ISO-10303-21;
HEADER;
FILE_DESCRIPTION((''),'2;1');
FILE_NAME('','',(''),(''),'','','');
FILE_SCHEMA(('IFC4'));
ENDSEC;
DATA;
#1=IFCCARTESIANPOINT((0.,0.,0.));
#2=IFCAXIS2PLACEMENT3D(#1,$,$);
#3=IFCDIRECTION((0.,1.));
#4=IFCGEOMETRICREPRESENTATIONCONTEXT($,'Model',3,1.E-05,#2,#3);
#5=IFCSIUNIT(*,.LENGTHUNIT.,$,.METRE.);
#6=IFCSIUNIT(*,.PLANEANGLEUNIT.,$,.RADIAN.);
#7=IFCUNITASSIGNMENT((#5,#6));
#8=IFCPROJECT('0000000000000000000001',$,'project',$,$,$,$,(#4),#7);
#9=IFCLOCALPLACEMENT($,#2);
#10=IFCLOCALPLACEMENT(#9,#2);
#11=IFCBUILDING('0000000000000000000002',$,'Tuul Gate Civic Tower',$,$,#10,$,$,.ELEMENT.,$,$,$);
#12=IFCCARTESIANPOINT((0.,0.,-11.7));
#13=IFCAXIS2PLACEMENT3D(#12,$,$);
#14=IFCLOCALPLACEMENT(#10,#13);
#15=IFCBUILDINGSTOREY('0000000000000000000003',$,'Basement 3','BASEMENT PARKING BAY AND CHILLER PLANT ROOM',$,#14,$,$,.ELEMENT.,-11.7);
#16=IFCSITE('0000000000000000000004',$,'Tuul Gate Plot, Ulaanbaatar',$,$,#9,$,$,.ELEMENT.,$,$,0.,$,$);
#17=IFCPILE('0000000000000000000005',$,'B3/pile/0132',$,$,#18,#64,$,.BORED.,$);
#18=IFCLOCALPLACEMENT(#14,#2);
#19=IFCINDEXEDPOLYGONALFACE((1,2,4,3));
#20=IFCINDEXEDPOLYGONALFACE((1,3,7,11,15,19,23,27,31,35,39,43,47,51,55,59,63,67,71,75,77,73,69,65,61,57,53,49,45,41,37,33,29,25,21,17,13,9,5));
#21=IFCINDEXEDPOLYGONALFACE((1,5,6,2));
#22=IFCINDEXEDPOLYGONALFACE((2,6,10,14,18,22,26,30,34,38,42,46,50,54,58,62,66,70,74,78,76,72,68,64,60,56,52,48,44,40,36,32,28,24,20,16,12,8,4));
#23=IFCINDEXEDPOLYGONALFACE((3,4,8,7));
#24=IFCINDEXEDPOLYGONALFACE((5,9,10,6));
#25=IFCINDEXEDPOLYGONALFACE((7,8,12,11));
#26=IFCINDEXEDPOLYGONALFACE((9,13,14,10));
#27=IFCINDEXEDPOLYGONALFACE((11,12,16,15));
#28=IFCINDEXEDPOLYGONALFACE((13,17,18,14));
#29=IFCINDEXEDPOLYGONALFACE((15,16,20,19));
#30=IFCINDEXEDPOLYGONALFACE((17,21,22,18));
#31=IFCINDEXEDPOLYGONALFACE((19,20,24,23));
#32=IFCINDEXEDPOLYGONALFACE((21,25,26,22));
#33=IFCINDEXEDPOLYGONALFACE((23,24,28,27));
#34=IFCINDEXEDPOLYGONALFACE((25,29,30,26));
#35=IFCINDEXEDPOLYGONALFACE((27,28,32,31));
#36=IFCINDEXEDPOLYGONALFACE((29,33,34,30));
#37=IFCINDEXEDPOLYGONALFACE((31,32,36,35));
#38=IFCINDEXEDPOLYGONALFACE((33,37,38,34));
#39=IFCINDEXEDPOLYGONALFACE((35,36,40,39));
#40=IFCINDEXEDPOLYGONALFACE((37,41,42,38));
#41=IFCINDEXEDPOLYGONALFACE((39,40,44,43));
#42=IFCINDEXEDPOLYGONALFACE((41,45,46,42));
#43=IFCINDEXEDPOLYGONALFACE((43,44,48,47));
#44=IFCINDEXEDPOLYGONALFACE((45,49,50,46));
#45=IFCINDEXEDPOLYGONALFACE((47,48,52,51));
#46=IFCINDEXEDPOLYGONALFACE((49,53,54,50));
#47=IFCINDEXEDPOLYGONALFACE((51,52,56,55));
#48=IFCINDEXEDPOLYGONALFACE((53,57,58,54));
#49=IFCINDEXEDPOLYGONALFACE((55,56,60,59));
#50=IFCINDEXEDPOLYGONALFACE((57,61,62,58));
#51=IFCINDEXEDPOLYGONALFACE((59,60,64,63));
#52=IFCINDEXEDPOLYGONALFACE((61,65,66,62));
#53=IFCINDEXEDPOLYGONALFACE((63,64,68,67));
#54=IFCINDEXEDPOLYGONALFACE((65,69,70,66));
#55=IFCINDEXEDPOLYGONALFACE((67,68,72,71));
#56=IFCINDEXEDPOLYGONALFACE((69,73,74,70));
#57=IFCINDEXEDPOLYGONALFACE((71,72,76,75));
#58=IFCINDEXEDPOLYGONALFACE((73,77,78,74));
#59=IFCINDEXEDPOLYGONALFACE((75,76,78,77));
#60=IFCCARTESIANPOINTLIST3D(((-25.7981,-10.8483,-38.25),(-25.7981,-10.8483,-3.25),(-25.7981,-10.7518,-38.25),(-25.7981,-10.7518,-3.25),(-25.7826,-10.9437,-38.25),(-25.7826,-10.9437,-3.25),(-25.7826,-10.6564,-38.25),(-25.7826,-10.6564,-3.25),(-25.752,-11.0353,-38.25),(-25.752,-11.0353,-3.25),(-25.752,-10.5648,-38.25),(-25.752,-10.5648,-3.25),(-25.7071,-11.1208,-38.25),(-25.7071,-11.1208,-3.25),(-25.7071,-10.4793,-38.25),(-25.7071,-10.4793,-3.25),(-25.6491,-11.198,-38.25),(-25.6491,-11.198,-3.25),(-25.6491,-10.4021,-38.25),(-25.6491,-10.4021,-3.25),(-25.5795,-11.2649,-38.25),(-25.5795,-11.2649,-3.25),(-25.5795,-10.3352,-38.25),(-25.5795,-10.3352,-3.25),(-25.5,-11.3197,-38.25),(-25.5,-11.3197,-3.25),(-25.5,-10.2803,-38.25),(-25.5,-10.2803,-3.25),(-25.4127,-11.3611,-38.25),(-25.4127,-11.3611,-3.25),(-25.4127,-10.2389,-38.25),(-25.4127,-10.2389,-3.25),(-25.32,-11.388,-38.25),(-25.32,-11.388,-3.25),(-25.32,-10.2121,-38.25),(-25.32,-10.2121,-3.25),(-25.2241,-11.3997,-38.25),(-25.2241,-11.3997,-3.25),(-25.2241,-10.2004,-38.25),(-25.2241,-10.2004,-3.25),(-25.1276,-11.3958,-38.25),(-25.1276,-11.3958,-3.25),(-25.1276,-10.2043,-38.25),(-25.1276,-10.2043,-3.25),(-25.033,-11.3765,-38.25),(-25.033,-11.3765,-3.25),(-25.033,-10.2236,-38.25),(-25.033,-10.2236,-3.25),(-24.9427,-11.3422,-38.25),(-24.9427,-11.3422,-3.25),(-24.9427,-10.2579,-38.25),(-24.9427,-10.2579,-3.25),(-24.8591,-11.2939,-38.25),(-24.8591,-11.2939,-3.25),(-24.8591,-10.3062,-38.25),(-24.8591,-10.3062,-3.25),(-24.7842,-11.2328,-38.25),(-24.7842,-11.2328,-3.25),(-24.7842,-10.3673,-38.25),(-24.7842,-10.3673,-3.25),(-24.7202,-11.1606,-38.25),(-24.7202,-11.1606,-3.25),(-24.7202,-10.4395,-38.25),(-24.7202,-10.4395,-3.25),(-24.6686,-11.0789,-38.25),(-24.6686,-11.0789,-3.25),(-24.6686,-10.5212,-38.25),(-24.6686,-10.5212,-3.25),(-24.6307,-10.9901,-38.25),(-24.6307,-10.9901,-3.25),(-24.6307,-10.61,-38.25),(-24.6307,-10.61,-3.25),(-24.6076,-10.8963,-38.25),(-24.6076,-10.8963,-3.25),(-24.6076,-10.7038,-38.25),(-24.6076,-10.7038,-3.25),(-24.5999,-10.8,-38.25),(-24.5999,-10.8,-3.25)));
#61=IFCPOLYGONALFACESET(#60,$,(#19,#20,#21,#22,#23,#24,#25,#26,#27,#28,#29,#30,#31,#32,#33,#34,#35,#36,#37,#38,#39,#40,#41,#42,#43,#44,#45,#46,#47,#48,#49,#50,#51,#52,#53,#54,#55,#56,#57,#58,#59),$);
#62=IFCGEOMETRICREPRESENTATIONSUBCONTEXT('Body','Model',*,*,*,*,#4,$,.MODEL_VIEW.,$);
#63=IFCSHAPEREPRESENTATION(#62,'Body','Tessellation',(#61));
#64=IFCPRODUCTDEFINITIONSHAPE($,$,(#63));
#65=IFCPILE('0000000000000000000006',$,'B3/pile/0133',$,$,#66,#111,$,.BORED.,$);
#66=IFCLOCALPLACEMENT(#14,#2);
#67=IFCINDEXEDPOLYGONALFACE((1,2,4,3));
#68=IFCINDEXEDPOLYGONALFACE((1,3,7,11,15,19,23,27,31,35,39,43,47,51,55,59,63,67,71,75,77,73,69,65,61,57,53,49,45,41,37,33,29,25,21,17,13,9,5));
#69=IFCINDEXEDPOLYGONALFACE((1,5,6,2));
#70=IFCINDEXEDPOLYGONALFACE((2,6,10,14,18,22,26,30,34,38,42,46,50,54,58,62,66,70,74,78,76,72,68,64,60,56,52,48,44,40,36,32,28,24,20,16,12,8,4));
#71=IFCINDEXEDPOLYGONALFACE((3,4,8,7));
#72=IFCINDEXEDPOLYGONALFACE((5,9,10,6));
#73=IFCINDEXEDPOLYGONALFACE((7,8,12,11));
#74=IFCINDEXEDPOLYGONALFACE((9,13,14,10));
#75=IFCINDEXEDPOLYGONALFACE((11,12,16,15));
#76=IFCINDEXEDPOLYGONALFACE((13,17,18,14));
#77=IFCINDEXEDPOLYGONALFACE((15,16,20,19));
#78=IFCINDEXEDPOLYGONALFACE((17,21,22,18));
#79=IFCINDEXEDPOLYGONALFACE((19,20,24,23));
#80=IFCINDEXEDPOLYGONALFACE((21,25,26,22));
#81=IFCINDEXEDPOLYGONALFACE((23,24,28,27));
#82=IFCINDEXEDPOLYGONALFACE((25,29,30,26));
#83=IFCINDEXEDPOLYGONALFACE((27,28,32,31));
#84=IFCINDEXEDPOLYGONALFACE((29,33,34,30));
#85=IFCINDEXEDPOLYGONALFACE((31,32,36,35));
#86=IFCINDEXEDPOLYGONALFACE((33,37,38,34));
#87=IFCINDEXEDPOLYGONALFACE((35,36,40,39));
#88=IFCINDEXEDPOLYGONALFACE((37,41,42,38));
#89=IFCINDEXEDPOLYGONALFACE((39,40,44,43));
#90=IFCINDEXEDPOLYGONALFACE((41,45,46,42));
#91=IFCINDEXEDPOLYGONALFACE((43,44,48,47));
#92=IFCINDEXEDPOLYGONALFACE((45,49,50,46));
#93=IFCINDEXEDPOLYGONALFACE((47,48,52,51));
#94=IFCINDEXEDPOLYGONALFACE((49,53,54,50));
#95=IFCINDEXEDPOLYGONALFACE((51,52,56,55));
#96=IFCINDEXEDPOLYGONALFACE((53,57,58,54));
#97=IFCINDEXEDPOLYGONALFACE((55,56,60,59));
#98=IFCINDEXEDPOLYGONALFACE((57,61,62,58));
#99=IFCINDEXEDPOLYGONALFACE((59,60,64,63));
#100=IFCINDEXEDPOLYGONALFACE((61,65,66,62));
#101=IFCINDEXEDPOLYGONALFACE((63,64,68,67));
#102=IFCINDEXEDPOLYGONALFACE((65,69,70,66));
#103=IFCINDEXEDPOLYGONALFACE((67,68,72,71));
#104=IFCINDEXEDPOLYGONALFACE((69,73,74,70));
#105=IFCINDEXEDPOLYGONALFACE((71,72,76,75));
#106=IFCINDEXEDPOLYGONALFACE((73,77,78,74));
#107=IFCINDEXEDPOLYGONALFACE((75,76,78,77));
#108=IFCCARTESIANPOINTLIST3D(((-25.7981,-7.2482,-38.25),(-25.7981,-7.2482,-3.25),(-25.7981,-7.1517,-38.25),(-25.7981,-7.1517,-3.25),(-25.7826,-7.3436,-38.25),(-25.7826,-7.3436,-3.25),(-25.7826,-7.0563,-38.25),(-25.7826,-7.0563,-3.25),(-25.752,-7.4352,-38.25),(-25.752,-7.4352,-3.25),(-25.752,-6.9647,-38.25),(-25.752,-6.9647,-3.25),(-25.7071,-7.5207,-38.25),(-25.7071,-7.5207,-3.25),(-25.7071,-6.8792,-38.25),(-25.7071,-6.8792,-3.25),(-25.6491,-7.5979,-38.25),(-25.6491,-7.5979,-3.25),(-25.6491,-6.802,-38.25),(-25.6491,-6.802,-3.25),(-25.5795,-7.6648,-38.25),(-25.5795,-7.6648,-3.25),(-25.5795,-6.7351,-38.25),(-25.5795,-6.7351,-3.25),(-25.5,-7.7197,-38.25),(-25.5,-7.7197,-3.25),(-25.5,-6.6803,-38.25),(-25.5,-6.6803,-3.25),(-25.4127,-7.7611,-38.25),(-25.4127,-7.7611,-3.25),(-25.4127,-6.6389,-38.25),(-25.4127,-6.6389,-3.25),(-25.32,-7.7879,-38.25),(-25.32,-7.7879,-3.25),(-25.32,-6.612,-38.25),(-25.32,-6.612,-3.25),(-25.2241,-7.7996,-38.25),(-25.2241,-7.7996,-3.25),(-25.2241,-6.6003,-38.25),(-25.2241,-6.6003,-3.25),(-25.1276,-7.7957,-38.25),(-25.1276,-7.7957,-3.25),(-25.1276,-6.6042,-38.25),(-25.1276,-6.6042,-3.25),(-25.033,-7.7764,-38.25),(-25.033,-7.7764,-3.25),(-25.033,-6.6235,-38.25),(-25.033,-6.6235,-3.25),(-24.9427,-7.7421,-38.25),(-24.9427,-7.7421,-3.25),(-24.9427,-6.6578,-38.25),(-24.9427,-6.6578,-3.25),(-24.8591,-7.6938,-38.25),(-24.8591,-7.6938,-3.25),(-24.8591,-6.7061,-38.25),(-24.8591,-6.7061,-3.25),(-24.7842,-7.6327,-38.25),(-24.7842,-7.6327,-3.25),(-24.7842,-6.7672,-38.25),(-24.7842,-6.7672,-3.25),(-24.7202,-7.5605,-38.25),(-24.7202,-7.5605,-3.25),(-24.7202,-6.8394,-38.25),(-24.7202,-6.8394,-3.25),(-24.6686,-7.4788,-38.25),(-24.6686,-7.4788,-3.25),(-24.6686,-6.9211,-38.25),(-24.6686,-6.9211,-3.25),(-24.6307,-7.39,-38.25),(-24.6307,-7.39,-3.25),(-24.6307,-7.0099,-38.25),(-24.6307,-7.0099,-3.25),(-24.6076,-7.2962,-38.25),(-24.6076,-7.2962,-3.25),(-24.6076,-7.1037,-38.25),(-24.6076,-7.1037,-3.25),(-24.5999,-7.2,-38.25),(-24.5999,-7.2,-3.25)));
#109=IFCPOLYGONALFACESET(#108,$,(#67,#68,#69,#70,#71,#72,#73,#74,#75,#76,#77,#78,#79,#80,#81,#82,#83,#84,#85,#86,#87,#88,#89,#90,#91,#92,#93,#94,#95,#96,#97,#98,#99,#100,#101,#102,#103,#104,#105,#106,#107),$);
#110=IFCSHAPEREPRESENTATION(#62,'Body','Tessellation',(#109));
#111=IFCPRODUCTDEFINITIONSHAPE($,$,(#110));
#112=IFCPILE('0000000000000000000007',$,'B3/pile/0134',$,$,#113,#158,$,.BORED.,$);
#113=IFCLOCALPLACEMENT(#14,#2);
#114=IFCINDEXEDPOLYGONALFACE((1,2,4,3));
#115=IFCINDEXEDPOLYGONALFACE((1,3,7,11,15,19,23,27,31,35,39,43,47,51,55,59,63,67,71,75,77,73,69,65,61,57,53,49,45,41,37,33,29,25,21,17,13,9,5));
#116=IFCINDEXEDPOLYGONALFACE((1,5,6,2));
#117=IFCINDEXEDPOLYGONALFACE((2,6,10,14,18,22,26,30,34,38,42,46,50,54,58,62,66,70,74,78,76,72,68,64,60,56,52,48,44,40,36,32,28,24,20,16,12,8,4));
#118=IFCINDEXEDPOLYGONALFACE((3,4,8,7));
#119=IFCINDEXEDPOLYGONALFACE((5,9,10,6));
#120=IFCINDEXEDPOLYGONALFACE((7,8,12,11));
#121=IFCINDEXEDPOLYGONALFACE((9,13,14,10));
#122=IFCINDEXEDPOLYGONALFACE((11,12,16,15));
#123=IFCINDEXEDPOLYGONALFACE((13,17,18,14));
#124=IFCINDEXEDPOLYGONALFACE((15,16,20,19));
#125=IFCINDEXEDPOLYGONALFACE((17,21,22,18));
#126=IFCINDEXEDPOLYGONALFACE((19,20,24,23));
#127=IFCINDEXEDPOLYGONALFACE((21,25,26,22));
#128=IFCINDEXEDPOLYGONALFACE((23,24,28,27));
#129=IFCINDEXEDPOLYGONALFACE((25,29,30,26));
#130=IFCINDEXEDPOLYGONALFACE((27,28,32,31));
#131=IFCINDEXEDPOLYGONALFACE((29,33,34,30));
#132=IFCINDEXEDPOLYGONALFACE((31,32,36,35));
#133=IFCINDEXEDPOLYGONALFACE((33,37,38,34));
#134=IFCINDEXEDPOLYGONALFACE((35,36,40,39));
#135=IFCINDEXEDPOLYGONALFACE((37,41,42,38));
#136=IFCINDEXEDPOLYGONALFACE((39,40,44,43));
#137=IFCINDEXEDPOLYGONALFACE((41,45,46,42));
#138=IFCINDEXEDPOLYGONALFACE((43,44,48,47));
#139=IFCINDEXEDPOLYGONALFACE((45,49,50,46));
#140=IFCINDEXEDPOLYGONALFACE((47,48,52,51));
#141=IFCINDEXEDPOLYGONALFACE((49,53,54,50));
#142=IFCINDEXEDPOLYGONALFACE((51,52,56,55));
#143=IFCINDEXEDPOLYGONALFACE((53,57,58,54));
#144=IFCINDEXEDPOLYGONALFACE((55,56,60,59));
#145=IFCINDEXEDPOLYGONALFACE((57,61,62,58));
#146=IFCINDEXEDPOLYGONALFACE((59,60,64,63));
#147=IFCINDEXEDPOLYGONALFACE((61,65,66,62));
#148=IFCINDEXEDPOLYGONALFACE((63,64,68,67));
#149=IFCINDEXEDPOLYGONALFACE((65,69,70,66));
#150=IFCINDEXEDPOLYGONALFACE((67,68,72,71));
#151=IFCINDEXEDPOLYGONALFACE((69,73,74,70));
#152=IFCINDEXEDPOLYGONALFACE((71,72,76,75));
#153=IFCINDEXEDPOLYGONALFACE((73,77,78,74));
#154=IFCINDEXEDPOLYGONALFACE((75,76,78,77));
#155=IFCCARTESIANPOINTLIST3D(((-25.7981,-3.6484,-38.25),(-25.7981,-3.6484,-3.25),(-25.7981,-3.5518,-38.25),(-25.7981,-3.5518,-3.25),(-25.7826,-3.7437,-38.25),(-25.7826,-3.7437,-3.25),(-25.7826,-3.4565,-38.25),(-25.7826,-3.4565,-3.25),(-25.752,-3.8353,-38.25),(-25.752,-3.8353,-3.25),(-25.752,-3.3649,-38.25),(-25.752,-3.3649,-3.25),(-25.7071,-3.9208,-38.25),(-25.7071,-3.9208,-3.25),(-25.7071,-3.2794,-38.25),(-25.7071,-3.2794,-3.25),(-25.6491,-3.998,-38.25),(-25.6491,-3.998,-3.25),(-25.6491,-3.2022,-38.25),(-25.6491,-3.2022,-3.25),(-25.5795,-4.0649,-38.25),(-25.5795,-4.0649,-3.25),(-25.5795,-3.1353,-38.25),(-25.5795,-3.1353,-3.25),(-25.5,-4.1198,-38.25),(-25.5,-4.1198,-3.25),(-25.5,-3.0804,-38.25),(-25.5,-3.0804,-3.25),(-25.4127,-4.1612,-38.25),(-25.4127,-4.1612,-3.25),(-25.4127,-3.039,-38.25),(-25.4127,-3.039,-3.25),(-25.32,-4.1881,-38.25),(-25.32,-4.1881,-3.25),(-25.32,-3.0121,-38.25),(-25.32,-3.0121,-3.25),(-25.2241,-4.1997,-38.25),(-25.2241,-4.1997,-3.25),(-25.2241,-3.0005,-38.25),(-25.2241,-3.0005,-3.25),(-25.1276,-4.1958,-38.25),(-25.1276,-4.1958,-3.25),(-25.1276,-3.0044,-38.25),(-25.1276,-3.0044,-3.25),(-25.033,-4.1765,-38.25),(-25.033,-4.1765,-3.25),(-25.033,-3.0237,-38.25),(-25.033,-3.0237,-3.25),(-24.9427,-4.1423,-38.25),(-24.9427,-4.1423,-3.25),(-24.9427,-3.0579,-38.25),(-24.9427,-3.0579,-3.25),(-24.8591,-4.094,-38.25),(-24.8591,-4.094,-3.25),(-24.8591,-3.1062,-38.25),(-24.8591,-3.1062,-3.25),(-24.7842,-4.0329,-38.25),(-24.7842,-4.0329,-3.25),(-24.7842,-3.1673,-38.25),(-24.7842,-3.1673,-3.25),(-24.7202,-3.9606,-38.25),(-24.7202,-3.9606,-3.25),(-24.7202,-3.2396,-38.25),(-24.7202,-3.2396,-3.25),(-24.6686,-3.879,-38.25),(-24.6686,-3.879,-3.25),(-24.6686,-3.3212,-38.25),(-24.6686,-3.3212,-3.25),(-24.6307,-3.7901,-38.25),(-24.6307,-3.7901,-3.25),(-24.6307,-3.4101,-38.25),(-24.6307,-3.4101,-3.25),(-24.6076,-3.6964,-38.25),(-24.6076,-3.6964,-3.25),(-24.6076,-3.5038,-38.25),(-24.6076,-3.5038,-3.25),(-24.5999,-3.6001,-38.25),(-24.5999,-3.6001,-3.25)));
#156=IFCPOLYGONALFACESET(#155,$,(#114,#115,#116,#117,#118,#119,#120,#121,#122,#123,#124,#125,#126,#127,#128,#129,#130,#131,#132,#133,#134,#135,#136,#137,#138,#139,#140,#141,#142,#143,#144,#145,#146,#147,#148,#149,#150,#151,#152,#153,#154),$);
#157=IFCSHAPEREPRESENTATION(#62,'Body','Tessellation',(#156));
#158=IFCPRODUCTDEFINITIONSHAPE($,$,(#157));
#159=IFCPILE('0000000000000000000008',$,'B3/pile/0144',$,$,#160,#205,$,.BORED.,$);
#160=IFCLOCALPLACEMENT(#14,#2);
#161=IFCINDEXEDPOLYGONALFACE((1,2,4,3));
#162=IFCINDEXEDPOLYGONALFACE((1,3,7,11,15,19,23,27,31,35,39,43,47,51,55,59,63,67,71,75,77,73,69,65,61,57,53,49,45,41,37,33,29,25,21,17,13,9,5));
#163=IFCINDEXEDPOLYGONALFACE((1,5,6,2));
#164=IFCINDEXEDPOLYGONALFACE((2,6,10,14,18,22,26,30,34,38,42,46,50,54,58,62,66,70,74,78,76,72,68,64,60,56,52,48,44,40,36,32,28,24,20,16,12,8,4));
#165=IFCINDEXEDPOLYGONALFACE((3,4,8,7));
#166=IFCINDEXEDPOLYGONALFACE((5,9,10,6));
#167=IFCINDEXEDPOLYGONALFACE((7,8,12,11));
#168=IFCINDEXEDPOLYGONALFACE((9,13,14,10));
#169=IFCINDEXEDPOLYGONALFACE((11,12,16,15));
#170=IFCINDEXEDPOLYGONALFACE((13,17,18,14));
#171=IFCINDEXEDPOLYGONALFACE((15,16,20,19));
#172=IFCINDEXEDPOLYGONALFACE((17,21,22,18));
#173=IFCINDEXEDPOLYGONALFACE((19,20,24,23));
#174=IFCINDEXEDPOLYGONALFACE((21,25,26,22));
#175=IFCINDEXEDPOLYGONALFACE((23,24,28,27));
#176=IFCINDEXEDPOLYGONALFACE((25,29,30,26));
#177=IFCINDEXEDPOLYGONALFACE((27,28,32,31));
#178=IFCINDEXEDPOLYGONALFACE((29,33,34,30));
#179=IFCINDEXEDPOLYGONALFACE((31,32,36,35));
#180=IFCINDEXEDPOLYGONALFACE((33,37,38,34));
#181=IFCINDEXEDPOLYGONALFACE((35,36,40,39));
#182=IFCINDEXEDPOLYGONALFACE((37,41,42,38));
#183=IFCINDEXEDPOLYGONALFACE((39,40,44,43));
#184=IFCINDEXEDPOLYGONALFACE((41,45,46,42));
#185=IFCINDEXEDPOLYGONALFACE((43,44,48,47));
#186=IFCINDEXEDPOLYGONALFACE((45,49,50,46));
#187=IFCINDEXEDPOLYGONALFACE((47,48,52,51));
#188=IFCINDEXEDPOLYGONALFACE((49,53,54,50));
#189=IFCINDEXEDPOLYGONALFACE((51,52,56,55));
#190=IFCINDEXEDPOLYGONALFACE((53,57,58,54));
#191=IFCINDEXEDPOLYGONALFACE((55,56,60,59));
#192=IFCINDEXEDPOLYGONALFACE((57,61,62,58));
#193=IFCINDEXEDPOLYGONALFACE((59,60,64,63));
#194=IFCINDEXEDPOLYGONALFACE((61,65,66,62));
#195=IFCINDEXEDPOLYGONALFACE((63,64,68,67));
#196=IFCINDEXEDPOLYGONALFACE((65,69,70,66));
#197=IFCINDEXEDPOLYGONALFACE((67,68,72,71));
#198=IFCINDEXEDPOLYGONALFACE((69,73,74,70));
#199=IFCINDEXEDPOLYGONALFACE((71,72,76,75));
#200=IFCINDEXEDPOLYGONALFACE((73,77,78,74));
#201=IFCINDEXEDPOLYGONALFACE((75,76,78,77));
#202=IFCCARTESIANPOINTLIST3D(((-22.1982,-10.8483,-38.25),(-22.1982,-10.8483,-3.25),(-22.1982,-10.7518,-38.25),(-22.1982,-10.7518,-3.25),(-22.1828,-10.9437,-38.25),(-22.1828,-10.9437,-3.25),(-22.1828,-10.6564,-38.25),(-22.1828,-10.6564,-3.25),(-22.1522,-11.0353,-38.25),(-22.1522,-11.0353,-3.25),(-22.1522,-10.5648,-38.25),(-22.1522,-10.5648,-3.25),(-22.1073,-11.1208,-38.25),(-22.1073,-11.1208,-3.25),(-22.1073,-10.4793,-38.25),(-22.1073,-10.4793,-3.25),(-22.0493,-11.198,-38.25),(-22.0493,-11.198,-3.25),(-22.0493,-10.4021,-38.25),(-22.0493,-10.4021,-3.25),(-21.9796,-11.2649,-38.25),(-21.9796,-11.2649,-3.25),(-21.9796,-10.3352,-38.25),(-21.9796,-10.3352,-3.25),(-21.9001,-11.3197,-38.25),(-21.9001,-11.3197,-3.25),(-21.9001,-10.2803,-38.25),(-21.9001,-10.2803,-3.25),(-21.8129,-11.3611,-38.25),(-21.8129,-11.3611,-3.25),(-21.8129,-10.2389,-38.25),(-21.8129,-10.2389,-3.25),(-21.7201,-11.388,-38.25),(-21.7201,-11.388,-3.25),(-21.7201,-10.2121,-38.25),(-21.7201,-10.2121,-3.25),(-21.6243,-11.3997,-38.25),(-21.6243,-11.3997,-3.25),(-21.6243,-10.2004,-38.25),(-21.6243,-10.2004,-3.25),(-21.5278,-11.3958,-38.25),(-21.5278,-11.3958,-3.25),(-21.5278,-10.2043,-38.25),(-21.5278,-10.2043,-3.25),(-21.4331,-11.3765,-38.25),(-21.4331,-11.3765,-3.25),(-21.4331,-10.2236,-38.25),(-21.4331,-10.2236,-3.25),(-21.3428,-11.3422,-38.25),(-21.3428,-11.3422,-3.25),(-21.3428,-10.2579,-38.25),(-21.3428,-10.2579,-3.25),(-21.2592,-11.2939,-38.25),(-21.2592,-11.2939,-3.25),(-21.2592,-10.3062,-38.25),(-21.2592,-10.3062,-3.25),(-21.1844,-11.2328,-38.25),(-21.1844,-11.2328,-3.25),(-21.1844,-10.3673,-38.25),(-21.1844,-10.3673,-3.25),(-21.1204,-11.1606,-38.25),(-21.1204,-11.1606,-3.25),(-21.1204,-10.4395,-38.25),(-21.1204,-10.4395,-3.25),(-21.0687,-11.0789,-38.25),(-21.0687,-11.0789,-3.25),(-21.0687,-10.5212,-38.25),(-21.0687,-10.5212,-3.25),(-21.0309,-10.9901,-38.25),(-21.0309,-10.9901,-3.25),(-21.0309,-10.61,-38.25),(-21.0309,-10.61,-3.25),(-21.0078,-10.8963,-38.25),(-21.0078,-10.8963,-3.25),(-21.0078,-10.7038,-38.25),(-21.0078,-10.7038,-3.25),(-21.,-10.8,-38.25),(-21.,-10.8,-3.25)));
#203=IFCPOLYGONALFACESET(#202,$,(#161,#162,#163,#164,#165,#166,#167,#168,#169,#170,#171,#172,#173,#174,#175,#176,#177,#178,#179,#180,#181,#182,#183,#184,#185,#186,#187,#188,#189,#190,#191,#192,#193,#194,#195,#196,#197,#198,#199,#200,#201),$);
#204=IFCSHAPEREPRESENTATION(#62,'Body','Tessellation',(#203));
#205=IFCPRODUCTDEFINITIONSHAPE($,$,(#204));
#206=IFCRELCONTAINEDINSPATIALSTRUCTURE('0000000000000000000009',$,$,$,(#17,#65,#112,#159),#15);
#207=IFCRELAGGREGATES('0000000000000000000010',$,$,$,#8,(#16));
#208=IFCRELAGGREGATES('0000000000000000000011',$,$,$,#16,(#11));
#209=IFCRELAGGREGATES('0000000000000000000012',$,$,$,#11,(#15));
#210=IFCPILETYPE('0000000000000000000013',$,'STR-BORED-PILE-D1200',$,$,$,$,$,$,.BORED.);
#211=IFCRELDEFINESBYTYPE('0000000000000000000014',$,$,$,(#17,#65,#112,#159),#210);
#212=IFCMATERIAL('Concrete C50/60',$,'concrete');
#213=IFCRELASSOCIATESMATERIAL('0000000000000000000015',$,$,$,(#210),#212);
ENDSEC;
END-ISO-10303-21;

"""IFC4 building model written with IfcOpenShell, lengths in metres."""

from ifc_helpers import new_model, si_unit, direction, frame, origin, origin_2d, place, context, subcontext, project, spatial, circle, extrude, material, material_profile, profile_set, type_object, element, save


model = new_model("IFC4")

# Units and contexts
model_context = context("Model", 3, precision=1e-05, world=origin(), true_north=direction((0.0, 1.0)))
body_context = subcontext(model_context, "Body", "Model", "MODEL_VIEW")
ifc_project = project(units=[si_unit("LENGTHUNIT", "METRE"), si_unit("PLANEANGLEUNIT", "RADIAN")], contexts=[model_context])

# Site, building, storey
site_placement = place(None, origin())
site = spatial("IfcSite", under=ifc_project, at=site_placement, Name="Tuul Gate Plot, Ulaanbaatar", CompositionType="ELEMENT", RefElevation=0.0)
building_placement = place(site_placement, origin())
building = spatial("IfcBuilding", under=site, at=building_placement, Name="Tuul Gate Civic Tower", CompositionType="ELEMENT")
storey_placement = place(building_placement, frame((0.0, 0.0, -11.7)))
storey = spatial("IfcBuildingStorey", under=building, at=storey_placement, Name="Basement 3", Description="BASEMENT PARKING BAY AND CHILLER PLANT ROOM", CompositionType="ELEMENT", Elevation=-11.7)

# Piles
ifc_material_1 = material(Name="Concrete C50/60", Category="concrete")
ifc_material_profile = material_profile(ifc_material_1, circle(Radius=0.6001, at=origin_2d()), Name="PILE1200")
ifc_profile_set = profile_set([ifc_material_profile], Name="Concrete C50/60")
pile_type = type_object("IfcPileType", Name="STR-BORED-PILE-D1200", PredefinedType="BORED", material=ifc_profile_set)
for number, where, z_axis, x_axis, name in (
    (1, (-25.2, -10.8, -3.25), (0.0, 0.0, -1.0), (1.0, 0.0, 0.0), "B3/pile/0132"),
    (2, (-25.2, -7.2, -3.25), (0.0, 0.0, -1.0), (1.0, 0.0, 0.0), "B3/pile/0133"),
    (3, (-25.2, -3.6001, -3.25), (0.0, 0.0, -1.0), (1.0, 0.0, 0.0), "B3/pile/0134"),
    (4, (-21.6001, -10.8, -3.25), (0.0, 0.0, -1.0), (1.0, 0.0, 0.0), "B3/pile/0144"),
):
    element("IfcPile", number, at=place(storey_placement, frame(where, z_axis=z_axis, x_axis=x_axis)), inside=storey, type_object=pile_type, Name=name, PredefinedType="BORED", context=body_context, shape_type="SweptSolid", body=[
        extrude(circle(Radius=0.6001, at=origin_2d()), origin(), (0.0, 0.0, 1.0), 35.0),
    ])

save(model, "model.ifc")
